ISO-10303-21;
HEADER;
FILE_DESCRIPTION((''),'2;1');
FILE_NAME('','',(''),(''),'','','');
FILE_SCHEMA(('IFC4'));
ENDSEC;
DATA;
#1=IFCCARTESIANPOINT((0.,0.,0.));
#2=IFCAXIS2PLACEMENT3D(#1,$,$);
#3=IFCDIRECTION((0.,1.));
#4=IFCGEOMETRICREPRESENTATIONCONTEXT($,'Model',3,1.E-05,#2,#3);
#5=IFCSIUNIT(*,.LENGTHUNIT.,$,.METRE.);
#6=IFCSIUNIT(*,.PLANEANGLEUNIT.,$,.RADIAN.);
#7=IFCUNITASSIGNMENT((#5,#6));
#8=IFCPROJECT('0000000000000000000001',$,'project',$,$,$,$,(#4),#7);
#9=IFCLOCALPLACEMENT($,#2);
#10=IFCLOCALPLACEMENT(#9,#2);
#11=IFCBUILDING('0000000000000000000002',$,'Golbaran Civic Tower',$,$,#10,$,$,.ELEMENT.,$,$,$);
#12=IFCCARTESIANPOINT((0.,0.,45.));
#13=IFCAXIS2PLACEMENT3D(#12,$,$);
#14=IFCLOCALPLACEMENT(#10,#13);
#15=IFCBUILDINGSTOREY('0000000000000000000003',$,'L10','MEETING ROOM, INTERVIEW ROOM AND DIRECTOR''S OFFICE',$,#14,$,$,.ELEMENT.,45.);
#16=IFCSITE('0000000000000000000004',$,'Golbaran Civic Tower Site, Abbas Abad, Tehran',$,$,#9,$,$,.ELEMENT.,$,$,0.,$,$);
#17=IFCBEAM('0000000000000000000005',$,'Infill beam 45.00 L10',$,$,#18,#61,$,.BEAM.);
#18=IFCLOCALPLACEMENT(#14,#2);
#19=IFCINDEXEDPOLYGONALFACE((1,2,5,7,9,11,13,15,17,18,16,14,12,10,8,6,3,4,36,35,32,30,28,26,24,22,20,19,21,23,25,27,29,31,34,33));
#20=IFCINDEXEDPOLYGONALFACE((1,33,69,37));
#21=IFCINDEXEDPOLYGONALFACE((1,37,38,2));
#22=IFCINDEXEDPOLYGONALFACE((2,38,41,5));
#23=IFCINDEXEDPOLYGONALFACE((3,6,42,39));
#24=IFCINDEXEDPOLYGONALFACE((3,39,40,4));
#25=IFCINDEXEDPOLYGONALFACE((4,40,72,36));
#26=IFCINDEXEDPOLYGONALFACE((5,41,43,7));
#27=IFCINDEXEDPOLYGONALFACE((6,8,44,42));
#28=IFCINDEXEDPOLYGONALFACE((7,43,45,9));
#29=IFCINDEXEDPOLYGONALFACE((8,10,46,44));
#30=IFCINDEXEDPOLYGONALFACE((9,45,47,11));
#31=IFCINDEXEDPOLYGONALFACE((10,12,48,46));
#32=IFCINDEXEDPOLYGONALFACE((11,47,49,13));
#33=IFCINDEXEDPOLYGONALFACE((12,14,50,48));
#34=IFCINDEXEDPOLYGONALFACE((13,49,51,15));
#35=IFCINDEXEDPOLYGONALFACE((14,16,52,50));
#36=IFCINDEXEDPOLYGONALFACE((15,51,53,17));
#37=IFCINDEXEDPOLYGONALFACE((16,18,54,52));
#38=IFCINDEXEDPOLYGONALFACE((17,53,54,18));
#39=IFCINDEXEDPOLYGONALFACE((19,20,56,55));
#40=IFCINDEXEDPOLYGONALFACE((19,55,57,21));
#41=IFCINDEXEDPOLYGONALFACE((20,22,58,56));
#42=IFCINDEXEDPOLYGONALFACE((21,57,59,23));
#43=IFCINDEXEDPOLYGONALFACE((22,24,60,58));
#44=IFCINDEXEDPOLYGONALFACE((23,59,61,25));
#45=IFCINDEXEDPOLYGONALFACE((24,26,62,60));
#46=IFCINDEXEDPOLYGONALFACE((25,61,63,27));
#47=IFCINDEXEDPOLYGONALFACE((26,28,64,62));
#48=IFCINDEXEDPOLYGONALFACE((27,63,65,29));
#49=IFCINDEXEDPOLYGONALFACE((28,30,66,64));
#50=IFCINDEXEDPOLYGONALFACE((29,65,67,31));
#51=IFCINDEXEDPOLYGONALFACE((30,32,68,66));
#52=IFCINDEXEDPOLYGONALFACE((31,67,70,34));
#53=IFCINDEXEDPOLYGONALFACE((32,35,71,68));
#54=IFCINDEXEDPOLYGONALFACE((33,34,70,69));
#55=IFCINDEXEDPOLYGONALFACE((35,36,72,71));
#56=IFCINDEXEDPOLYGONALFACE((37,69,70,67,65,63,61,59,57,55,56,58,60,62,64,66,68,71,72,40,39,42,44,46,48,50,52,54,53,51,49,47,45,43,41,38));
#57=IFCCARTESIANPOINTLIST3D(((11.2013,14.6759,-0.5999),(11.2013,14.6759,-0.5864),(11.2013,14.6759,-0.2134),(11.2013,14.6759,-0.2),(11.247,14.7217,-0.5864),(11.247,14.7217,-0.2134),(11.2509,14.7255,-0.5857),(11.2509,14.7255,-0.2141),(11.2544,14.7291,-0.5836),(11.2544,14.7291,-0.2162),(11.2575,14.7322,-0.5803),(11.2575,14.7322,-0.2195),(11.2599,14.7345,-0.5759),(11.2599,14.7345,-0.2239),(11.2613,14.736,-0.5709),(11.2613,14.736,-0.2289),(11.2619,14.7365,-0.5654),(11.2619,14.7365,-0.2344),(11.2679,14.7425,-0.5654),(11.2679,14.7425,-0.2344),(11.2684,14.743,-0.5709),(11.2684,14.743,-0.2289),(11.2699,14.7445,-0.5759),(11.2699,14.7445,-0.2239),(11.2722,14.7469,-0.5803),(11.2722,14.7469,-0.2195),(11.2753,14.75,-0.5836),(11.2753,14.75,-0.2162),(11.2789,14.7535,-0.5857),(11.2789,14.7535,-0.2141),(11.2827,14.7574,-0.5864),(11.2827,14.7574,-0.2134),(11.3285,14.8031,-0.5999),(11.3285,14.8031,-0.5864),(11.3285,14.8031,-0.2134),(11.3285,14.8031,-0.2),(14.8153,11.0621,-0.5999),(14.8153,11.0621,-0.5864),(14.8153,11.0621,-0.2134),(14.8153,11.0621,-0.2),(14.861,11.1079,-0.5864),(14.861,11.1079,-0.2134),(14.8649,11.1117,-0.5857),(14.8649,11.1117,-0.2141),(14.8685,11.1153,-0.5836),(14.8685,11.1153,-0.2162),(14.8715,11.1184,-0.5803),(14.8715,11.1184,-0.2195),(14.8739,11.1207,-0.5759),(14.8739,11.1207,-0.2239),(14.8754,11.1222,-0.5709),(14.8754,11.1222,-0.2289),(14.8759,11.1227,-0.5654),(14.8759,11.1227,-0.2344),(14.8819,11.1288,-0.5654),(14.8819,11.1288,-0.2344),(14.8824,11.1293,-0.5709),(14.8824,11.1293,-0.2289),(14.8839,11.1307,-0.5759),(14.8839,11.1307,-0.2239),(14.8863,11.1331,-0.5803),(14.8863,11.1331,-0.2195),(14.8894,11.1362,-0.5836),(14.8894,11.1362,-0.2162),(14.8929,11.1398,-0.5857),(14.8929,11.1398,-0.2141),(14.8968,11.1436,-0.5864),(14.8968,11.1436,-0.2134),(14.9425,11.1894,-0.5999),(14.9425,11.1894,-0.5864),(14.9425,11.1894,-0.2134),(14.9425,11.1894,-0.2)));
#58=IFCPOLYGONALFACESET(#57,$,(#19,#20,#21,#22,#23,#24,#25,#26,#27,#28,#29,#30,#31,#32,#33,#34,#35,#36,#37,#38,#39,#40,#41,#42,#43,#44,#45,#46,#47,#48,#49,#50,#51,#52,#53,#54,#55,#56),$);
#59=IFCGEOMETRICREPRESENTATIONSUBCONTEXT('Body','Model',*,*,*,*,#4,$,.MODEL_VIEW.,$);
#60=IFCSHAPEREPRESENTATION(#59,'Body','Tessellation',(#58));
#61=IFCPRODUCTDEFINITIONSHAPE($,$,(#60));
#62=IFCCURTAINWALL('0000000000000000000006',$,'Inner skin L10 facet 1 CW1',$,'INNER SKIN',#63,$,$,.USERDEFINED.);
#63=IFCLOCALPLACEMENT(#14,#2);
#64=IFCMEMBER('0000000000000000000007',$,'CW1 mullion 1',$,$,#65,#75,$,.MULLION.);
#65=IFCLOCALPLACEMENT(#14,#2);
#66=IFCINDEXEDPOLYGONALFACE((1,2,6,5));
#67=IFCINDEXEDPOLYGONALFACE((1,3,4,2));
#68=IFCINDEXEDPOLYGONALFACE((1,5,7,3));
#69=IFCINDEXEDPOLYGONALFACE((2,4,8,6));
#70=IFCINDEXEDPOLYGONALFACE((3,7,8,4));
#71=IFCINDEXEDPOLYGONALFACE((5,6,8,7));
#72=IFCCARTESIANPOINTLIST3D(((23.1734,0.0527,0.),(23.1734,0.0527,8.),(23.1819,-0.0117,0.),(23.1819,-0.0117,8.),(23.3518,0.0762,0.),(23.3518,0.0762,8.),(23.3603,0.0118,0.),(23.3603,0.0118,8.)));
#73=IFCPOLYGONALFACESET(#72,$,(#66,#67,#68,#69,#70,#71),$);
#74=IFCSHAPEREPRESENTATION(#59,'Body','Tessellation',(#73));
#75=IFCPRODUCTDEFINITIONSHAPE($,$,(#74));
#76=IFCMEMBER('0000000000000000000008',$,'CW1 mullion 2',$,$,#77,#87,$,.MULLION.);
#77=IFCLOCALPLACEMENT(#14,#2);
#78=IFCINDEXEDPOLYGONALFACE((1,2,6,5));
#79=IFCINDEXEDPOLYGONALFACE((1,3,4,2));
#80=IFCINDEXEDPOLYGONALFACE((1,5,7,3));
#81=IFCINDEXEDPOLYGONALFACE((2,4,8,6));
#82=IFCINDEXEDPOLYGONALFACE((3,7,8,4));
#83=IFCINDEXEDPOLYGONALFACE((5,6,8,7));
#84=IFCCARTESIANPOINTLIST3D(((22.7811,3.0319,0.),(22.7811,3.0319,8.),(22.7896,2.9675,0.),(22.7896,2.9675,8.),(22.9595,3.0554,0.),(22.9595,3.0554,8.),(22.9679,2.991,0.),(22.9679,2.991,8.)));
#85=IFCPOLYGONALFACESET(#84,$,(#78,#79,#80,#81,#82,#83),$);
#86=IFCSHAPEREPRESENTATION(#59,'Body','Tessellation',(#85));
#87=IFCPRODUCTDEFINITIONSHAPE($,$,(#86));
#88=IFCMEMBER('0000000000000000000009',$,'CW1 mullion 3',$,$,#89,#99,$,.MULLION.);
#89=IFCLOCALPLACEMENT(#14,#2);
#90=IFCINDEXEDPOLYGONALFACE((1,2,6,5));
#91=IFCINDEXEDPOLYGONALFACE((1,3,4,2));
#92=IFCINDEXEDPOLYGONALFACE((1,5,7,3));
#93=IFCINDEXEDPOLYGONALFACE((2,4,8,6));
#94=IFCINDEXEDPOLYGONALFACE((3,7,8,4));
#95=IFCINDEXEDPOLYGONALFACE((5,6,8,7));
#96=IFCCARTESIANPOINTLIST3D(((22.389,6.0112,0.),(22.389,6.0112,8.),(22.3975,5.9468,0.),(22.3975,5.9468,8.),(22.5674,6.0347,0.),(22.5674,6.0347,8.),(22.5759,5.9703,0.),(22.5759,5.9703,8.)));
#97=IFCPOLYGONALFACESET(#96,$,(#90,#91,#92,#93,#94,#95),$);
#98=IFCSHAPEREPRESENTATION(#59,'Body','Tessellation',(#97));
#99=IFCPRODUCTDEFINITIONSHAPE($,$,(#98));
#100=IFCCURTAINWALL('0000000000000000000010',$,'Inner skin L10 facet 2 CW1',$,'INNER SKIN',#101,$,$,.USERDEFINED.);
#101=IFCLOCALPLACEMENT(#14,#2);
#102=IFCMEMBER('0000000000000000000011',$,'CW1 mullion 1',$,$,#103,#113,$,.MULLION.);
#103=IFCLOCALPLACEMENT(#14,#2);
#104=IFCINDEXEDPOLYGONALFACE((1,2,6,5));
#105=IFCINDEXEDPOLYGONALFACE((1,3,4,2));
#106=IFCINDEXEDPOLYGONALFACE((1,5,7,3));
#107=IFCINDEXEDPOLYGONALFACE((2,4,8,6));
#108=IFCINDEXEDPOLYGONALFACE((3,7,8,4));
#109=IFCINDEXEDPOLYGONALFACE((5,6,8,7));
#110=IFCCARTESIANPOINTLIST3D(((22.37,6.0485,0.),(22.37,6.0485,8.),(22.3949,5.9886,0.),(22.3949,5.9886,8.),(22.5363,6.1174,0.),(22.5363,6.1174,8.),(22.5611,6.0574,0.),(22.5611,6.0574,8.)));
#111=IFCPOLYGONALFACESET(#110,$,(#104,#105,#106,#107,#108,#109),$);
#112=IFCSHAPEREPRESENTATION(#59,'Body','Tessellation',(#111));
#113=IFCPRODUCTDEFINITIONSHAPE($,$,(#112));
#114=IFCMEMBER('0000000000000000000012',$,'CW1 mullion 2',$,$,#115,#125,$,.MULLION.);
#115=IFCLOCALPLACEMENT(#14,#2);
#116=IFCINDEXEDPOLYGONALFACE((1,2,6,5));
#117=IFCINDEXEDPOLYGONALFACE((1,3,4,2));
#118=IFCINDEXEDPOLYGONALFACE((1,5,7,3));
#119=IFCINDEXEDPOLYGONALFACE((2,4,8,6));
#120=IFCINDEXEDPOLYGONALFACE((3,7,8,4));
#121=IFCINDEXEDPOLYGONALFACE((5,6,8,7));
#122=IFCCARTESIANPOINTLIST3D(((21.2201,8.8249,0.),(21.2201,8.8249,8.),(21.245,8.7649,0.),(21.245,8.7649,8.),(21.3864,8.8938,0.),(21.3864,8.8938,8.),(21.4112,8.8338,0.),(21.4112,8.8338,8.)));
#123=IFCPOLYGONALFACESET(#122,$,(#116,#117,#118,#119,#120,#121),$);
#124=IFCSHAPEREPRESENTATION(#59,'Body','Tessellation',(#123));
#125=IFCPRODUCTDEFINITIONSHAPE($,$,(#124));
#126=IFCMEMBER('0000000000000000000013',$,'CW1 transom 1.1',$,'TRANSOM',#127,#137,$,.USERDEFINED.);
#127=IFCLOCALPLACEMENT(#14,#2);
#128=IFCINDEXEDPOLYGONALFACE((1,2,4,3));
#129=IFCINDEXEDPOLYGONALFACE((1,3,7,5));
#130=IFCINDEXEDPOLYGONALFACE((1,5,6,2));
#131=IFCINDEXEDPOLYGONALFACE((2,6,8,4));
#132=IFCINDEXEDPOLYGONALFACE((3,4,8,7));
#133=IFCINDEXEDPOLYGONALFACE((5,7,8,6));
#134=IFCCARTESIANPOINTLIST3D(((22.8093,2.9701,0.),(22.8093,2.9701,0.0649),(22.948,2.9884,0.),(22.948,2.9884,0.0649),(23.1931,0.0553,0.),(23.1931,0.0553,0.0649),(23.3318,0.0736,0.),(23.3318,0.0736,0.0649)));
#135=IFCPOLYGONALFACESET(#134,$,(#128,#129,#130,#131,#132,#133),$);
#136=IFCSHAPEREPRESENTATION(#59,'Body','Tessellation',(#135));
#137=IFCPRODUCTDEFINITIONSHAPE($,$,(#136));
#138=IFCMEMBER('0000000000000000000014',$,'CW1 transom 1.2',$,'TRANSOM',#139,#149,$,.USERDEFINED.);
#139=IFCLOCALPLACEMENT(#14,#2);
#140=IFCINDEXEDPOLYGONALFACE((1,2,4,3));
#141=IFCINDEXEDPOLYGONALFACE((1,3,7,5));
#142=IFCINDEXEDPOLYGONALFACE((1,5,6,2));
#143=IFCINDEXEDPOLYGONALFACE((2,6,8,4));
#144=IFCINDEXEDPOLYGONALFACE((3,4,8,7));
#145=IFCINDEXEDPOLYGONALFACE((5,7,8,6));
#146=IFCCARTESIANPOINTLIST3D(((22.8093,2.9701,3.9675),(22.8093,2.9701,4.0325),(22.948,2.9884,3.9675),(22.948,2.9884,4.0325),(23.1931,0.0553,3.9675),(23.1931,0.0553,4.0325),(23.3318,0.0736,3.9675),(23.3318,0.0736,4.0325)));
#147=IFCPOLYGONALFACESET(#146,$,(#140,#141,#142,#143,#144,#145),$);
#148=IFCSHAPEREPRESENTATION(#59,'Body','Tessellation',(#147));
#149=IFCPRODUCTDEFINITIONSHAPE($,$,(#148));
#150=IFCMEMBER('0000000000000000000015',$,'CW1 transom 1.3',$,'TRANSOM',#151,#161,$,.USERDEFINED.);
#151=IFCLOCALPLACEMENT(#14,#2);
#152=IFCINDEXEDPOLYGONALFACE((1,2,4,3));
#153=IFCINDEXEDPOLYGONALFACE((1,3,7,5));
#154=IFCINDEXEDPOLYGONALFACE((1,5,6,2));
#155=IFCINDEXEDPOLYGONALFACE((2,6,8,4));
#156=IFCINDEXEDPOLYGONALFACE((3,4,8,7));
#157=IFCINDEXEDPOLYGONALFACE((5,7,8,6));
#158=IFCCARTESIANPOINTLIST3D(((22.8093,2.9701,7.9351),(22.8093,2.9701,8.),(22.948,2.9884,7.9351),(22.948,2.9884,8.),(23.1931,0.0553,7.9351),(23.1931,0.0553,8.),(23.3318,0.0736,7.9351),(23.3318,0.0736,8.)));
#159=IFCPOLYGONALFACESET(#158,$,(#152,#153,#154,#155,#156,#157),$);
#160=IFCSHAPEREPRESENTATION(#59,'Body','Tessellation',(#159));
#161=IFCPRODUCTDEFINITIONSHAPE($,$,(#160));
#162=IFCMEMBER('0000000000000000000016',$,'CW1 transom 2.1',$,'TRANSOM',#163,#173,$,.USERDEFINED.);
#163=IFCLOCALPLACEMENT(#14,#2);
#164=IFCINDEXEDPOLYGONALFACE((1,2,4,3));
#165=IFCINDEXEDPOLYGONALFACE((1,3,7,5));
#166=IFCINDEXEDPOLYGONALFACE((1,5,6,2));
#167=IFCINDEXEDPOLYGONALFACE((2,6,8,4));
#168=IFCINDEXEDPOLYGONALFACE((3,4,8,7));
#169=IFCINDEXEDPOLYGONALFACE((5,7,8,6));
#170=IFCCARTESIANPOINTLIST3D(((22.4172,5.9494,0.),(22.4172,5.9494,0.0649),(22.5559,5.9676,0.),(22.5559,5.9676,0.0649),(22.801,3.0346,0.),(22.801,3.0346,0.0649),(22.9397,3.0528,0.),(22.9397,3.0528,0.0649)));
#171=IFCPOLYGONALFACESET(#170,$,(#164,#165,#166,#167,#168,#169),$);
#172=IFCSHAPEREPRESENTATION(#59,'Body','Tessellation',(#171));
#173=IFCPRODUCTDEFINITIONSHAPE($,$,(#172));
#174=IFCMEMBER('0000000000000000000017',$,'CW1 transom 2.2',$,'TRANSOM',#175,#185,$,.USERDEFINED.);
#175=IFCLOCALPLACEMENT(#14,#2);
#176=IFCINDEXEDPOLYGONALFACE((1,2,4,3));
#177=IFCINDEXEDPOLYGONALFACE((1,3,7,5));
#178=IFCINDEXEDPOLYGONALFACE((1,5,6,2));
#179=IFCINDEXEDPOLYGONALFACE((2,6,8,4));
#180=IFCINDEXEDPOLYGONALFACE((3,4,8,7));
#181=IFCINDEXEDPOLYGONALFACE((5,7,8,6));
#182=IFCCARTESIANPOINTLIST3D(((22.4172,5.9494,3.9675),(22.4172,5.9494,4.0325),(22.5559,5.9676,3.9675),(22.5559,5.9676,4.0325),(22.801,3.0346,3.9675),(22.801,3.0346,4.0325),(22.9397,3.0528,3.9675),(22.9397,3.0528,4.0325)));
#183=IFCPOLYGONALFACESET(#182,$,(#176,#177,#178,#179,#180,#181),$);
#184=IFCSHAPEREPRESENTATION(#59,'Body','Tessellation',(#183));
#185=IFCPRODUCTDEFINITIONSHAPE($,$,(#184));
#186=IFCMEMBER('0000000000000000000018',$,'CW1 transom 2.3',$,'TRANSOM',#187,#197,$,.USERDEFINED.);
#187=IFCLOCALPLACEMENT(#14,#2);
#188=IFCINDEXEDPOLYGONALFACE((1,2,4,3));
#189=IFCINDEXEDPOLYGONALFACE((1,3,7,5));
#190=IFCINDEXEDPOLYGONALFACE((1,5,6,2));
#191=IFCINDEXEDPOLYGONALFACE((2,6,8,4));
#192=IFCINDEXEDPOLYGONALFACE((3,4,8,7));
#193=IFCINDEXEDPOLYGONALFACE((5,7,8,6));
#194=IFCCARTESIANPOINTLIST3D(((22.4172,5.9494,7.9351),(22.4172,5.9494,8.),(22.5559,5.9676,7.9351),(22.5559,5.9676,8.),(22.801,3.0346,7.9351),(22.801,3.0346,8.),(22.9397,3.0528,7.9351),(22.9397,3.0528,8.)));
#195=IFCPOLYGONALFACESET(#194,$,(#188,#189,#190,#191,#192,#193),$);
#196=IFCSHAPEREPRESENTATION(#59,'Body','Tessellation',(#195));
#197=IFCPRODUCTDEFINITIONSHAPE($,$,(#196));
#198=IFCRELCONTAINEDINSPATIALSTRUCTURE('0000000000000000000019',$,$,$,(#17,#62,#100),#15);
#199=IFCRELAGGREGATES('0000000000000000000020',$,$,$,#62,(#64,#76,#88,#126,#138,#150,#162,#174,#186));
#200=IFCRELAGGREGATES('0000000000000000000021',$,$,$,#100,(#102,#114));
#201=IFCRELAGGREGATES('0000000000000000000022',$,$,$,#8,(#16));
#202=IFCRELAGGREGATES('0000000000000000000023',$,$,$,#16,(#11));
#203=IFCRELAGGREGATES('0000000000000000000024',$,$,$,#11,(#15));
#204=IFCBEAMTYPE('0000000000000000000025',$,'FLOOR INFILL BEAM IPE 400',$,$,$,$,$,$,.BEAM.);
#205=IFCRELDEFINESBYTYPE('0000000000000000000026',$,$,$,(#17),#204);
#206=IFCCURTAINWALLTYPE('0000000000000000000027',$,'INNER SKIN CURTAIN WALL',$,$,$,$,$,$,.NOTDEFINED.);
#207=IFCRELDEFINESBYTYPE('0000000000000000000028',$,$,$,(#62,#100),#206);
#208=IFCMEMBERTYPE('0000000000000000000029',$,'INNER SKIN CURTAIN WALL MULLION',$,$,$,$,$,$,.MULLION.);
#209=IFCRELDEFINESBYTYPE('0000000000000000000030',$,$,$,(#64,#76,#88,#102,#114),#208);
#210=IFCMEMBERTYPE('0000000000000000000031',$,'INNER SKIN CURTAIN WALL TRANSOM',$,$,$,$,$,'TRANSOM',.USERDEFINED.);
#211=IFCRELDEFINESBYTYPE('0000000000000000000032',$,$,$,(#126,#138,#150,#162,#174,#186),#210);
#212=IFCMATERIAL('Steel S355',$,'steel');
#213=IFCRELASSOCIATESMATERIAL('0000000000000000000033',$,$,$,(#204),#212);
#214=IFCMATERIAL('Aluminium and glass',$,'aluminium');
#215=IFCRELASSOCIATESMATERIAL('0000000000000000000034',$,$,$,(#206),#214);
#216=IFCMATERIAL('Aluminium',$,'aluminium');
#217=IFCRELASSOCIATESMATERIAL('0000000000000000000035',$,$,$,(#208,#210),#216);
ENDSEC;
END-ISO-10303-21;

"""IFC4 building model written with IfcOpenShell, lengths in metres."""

from ifc_helpers import new_model, si_unit, direction, frame, origin, origin_2d, place, context, subcontext, project, spatial, rectangle, i_section, extrude, material, material_profile, profile_set, type_object, element, aggregate, save


model = new_model("IFC4")

# Units and contexts
model_context = context("Model", 3, precision=1e-05, world=origin(), true_north=direction((0.0, 1.0)))
body_context = subcontext(model_context, "Body", "Model", "MODEL_VIEW")
ifc_project = project(units=[si_unit("LENGTHUNIT", "METRE"), si_unit("PLANEANGLEUNIT", "RADIAN")], contexts=[model_context])

# Site, building, storey
site_placement = place(None, origin())
site = spatial("IfcSite", under=ifc_project, at=site_placement, Name="Golbaran Civic Tower Site, Abbas Abad, Tehran", CompositionType="ELEMENT", RefElevation=0.0)
building_placement = place(site_placement, origin())
building = spatial("IfcBuilding", under=site, at=building_placement, Name="Golbaran Civic Tower", CompositionType="ELEMENT")
storey_placement = place(building_placement, frame((0.0, 0.0, 45.0)))
storey = spatial("IfcBuildingStorey", under=building, at=storey_placement, Name="L10", Description="MEETING ROOM, INTERVIEW ROOM AND DIRECTOR'S OFFICE", CompositionType="ELEMENT", Elevation=45.0)

# Beam
ifc_material_1 = material(Name="Steel S355", Category="steel")
ifc_material_profile_1 = material_profile(ifc_material_1, i_section(OverallWidth=0.1799, OverallDepth=0.3999, WebThickness=0.0085, FlangeThickness=0.0134, FilletRadius=0.021, at=origin_2d()), Name="IPE 400")
ifc_profile_set_1 = profile_set([ifc_material_profile_1], Name="Steel S355")
beam_type = type_object("IfcBeamType", Name="FLOOR INFILL BEAM IPE 400", PredefinedType="BEAM", material=ifc_profile_set_1)
beam_placement = place(storey_placement, frame((14.8789, 11.1257, -0.3999), z_axis=(-0.707131, 0.707083, 0.0), x_axis=(-0.707083, -0.707131, 0.0)))
element("IfcBeam", 1, at=beam_placement, inside=storey, type_object=beam_type, Name="Infill beam 45.00 L10", PredefinedType="BEAM", context=body_context, shape_type="SweptSolid", body=[
    extrude(i_section(OverallWidth=0.1799, OverallDepth=0.3999, WebThickness=0.0085, FlangeThickness=0.0134, FilletRadius=0.021, at=origin_2d()), origin(), (0.0, 0.0, 1.0), 5.1108),
])

# Curtain walls, members
ifc_material_2 = material(Name="Aluminium and glass", Category="aluminium")
curtain_wall_type = type_object("IfcCurtainWallType", Name="INNER SKIN CURTAIN WALL", PredefinedType="NOTDEFINED", material=ifc_material_2)
curtain_wall_1_placement = place(storey_placement, origin())
curtain_wall_1 = element("IfcCurtainWall", 2, at=curtain_wall_1_placement, inside=storey, type_object=curtain_wall_type, Name="Inner skin L10 facet 1 CW1", ObjectType="INNER SKIN", PredefinedType="USERDEFINED")
ifc_material_3 = material(Name="Aluminium", Category="aluminium")
ifc_material_profile_2 = material_profile(ifc_material_3, rectangle(XDim=0.1799, YDim=0.0649, at=origin_2d()), Name="INNER SKIN CURTAIN WALL MULLION")
ifc_profile_set_2 = profile_set([ifc_material_profile_2], Name="Aluminium")
member_type_1 = type_object("IfcMemberType", Name="INNER SKIN CURTAIN WALL MULLION", PredefinedType="MULLION", material=ifc_profile_set_2)
member_1_placement = place(storey_placement, frame((23.2668, 0.0322, 0.0), z_axis=(0.0, 0.0, 1.0), x_axis=(-0.991445, -0.130526, 0.0)))
member_1 = element("IfcMember", 3, at=member_1_placement, type_object=member_type_1, Name="CW1 mullion 1", PredefinedType="MULLION", context=body_context, shape_type="SweptSolid", body=[
    extrude(rectangle(XDim=0.1799, YDim=0.0649, at=origin_2d()), origin(), (0.0, 0.0, 1.0), 8.0),
])
member_2_placement = place(storey_placement, frame((22.8745, 3.0115, 0.0), z_axis=(0.0, 0.0, 1.0), x_axis=(-0.991445, -0.130526, 0.0)))
member_2 = element("IfcMember", 4, at=member_2_placement, type_object=member_type_1, Name="CW1 mullion 2", PredefinedType="MULLION", context=body_context, shape_type="SweptSolid", body=[
    extrude(rectangle(XDim=0.1799, YDim=0.0649, at=origin_2d()), origin(), (0.0, 0.0, 1.0), 8.0),
])
member_3_placement = place(storey_placement, frame((22.4824, 5.9907, 0.0), z_axis=(0.0, 0.0, 1.0), x_axis=(-0.991445, -0.130526, 0.0)))
member_3 = element("IfcMember", 5, at=member_3_placement, type_object=member_type_1, Name="CW1 mullion 3", PredefinedType="MULLION", context=body_context, shape_type="SweptSolid", body=[
    extrude(rectangle(XDim=0.1799, YDim=0.0649, at=origin_2d()), origin(), (0.0, 0.0, 1.0), 8.0),
])
curtain_wall_2_placement = place(storey_placement, origin())
curtain_wall_2 = element("IfcCurtainWall", 6, at=curtain_wall_2_placement, inside=storey, type_object=curtain_wall_type, Name="Inner skin L10 facet 2 CW1", ObjectType="INNER SKIN", PredefinedType="USERDEFINED")
member_4_placement = place(storey_placement, frame((22.4656, 6.053, 0.0), z_axis=(0.0, 0.0, 1.0), x_axis=(-0.92388, -0.382683, 0.0)))
member_4 = element("IfcMember", 7, at=member_4_placement, type_object=member_type_1, Name="CW1 mullion 1", PredefinedType="MULLION", context=body_context, shape_type="SweptSolid", body=[
    extrude(rectangle(XDim=0.1799, YDim=0.0649, at=origin_2d()), origin(), (0.0, 0.0, 1.0), 8.0),
])
member_5_placement = place(storey_placement, frame((21.3157, 8.8293, 0.0), z_axis=(0.0, 0.0, 1.0), x_axis=(-0.92388, -0.382683, 0.0)))
member_5 = element("IfcMember", 8, at=member_5_placement, type_object=member_type_1, Name="CW1 mullion 2", PredefinedType="MULLION", context=body_context, shape_type="SweptSolid", body=[
    extrude(rectangle(XDim=0.1799, YDim=0.0649, at=origin_2d()), origin(), (0.0, 0.0, 1.0), 8.0),
])

# Members
ifc_material_profile_3 = material_profile(ifc_material_3, rectangle(XDim=0.1399, YDim=0.0649, at=origin_2d()), Name="INNER SKIN CURTAIN WALL TRANSOM")
ifc_profile_set_3 = profile_set([ifc_material_profile_3], Name="Aluminium")
member_type_2 = type_object("IfcMemberType", Name="INNER SKIN CURTAIN WALL TRANSOM", ElementType="TRANSOM", PredefinedType="USERDEFINED", material=ifc_profile_set_3)
member_6_placement = place(storey_placement, frame((23.2625, 0.0645, 0.0325), z_axis=(-0.130543, 0.991443, 0.0), x_axis=(-0.991443, -0.130543, 0.0)))
member_6 = element("IfcMember", 9, at=member_6_placement, type_object=member_type_2, Name="CW1 transom 1.1", ObjectType="TRANSOM", PredefinedType="USERDEFINED", context=body_context, shape_type="SweptSolid", body=[
    extrude(rectangle(XDim=0.1399, YDim=0.0649, at=origin_2d()), origin(), (0.0, 0.0, 1.0), 2.9399),
])
member_7_placement = place(storey_placement, frame((23.2625, 0.0645, 4.0), z_axis=(-0.130543, 0.991443, 0.0), x_axis=(-0.991443, -0.130543, 0.0)))
member_7 = element("IfcMember", 10, at=member_7_placement, type_object=member_type_2, Name="CW1 transom 1.2", ObjectType="TRANSOM", PredefinedType="USERDEFINED", context=body_context, shape_type="SweptSolid", body=[
    extrude(rectangle(XDim=0.1399, YDim=0.0649, at=origin_2d()), origin(), (0.0, 0.0, 1.0), 2.9399),
])
member_8_placement = place(storey_placement, frame((23.2625, 0.0645, 7.9675), z_axis=(-0.130543, 0.991443, 0.0), x_axis=(-0.991443, -0.130543, 0.0)))
member_8 = element("IfcMember", 11, at=member_8_placement, type_object=member_type_2, Name="CW1 transom 1.3", ObjectType="TRANSOM", PredefinedType="USERDEFINED", context=body_context, shape_type="SweptSolid", body=[
    extrude(rectangle(XDim=0.1399, YDim=0.0649, at=origin_2d()), origin(), (0.0, 0.0, 1.0), 2.9399),
])
member_9_placement = place(storey_placement, frame((22.8704, 3.0437, 0.0325), z_axis=(-0.130543, 0.991443, 0.0), x_axis=(-0.991443, -0.130543, 0.0)))
member_9 = element("IfcMember", 12, at=member_9_placement, type_object=member_type_2, Name="CW1 transom 2.1", ObjectType="TRANSOM", PredefinedType="USERDEFINED", context=body_context, shape_type="SweptSolid", body=[
    extrude(rectangle(XDim=0.1399, YDim=0.0649, at=origin_2d()), origin(), (0.0, 0.0, 1.0), 2.9399),
])
member_10_placement = place(storey_placement, frame((22.8704, 3.0437, 4.0), z_axis=(-0.130543, 0.991443, 0.0), x_axis=(-0.991443, -0.130543, 0.0)))
member_10 = element("IfcMember", 13, at=member_10_placement, type_object=member_type_2, Name="CW1 transom 2.2", ObjectType="TRANSOM", PredefinedType="USERDEFINED", context=body_context, shape_type="SweptSolid", body=[
    extrude(rectangle(XDim=0.1399, YDim=0.0649, at=origin_2d()), origin(), (0.0, 0.0, 1.0), 2.9399),
])
member_11_placement = place(storey_placement, frame((22.8704, 3.0437, 7.9675), z_axis=(-0.130543, 0.991443, 0.0), x_axis=(-0.991443, -0.130543, 0.0)))
member_11 = element("IfcMember", 14, at=member_11_placement, type_object=member_type_2, Name="CW1 transom 2.3", ObjectType="TRANSOM", PredefinedType="USERDEFINED", context=body_context, shape_type="SweptSolid", body=[
    extrude(rectangle(XDim=0.1399, YDim=0.0649, at=origin_2d()), origin(), (0.0, 0.0, 1.0), 2.9399),
])

aggregate(curtain_wall_1, [member_1, member_2, member_3, member_6, member_7, member_8, member_9, member_10, member_11])
aggregate(curtain_wall_2, [member_4, member_5])

save(model, "model.ifc")
